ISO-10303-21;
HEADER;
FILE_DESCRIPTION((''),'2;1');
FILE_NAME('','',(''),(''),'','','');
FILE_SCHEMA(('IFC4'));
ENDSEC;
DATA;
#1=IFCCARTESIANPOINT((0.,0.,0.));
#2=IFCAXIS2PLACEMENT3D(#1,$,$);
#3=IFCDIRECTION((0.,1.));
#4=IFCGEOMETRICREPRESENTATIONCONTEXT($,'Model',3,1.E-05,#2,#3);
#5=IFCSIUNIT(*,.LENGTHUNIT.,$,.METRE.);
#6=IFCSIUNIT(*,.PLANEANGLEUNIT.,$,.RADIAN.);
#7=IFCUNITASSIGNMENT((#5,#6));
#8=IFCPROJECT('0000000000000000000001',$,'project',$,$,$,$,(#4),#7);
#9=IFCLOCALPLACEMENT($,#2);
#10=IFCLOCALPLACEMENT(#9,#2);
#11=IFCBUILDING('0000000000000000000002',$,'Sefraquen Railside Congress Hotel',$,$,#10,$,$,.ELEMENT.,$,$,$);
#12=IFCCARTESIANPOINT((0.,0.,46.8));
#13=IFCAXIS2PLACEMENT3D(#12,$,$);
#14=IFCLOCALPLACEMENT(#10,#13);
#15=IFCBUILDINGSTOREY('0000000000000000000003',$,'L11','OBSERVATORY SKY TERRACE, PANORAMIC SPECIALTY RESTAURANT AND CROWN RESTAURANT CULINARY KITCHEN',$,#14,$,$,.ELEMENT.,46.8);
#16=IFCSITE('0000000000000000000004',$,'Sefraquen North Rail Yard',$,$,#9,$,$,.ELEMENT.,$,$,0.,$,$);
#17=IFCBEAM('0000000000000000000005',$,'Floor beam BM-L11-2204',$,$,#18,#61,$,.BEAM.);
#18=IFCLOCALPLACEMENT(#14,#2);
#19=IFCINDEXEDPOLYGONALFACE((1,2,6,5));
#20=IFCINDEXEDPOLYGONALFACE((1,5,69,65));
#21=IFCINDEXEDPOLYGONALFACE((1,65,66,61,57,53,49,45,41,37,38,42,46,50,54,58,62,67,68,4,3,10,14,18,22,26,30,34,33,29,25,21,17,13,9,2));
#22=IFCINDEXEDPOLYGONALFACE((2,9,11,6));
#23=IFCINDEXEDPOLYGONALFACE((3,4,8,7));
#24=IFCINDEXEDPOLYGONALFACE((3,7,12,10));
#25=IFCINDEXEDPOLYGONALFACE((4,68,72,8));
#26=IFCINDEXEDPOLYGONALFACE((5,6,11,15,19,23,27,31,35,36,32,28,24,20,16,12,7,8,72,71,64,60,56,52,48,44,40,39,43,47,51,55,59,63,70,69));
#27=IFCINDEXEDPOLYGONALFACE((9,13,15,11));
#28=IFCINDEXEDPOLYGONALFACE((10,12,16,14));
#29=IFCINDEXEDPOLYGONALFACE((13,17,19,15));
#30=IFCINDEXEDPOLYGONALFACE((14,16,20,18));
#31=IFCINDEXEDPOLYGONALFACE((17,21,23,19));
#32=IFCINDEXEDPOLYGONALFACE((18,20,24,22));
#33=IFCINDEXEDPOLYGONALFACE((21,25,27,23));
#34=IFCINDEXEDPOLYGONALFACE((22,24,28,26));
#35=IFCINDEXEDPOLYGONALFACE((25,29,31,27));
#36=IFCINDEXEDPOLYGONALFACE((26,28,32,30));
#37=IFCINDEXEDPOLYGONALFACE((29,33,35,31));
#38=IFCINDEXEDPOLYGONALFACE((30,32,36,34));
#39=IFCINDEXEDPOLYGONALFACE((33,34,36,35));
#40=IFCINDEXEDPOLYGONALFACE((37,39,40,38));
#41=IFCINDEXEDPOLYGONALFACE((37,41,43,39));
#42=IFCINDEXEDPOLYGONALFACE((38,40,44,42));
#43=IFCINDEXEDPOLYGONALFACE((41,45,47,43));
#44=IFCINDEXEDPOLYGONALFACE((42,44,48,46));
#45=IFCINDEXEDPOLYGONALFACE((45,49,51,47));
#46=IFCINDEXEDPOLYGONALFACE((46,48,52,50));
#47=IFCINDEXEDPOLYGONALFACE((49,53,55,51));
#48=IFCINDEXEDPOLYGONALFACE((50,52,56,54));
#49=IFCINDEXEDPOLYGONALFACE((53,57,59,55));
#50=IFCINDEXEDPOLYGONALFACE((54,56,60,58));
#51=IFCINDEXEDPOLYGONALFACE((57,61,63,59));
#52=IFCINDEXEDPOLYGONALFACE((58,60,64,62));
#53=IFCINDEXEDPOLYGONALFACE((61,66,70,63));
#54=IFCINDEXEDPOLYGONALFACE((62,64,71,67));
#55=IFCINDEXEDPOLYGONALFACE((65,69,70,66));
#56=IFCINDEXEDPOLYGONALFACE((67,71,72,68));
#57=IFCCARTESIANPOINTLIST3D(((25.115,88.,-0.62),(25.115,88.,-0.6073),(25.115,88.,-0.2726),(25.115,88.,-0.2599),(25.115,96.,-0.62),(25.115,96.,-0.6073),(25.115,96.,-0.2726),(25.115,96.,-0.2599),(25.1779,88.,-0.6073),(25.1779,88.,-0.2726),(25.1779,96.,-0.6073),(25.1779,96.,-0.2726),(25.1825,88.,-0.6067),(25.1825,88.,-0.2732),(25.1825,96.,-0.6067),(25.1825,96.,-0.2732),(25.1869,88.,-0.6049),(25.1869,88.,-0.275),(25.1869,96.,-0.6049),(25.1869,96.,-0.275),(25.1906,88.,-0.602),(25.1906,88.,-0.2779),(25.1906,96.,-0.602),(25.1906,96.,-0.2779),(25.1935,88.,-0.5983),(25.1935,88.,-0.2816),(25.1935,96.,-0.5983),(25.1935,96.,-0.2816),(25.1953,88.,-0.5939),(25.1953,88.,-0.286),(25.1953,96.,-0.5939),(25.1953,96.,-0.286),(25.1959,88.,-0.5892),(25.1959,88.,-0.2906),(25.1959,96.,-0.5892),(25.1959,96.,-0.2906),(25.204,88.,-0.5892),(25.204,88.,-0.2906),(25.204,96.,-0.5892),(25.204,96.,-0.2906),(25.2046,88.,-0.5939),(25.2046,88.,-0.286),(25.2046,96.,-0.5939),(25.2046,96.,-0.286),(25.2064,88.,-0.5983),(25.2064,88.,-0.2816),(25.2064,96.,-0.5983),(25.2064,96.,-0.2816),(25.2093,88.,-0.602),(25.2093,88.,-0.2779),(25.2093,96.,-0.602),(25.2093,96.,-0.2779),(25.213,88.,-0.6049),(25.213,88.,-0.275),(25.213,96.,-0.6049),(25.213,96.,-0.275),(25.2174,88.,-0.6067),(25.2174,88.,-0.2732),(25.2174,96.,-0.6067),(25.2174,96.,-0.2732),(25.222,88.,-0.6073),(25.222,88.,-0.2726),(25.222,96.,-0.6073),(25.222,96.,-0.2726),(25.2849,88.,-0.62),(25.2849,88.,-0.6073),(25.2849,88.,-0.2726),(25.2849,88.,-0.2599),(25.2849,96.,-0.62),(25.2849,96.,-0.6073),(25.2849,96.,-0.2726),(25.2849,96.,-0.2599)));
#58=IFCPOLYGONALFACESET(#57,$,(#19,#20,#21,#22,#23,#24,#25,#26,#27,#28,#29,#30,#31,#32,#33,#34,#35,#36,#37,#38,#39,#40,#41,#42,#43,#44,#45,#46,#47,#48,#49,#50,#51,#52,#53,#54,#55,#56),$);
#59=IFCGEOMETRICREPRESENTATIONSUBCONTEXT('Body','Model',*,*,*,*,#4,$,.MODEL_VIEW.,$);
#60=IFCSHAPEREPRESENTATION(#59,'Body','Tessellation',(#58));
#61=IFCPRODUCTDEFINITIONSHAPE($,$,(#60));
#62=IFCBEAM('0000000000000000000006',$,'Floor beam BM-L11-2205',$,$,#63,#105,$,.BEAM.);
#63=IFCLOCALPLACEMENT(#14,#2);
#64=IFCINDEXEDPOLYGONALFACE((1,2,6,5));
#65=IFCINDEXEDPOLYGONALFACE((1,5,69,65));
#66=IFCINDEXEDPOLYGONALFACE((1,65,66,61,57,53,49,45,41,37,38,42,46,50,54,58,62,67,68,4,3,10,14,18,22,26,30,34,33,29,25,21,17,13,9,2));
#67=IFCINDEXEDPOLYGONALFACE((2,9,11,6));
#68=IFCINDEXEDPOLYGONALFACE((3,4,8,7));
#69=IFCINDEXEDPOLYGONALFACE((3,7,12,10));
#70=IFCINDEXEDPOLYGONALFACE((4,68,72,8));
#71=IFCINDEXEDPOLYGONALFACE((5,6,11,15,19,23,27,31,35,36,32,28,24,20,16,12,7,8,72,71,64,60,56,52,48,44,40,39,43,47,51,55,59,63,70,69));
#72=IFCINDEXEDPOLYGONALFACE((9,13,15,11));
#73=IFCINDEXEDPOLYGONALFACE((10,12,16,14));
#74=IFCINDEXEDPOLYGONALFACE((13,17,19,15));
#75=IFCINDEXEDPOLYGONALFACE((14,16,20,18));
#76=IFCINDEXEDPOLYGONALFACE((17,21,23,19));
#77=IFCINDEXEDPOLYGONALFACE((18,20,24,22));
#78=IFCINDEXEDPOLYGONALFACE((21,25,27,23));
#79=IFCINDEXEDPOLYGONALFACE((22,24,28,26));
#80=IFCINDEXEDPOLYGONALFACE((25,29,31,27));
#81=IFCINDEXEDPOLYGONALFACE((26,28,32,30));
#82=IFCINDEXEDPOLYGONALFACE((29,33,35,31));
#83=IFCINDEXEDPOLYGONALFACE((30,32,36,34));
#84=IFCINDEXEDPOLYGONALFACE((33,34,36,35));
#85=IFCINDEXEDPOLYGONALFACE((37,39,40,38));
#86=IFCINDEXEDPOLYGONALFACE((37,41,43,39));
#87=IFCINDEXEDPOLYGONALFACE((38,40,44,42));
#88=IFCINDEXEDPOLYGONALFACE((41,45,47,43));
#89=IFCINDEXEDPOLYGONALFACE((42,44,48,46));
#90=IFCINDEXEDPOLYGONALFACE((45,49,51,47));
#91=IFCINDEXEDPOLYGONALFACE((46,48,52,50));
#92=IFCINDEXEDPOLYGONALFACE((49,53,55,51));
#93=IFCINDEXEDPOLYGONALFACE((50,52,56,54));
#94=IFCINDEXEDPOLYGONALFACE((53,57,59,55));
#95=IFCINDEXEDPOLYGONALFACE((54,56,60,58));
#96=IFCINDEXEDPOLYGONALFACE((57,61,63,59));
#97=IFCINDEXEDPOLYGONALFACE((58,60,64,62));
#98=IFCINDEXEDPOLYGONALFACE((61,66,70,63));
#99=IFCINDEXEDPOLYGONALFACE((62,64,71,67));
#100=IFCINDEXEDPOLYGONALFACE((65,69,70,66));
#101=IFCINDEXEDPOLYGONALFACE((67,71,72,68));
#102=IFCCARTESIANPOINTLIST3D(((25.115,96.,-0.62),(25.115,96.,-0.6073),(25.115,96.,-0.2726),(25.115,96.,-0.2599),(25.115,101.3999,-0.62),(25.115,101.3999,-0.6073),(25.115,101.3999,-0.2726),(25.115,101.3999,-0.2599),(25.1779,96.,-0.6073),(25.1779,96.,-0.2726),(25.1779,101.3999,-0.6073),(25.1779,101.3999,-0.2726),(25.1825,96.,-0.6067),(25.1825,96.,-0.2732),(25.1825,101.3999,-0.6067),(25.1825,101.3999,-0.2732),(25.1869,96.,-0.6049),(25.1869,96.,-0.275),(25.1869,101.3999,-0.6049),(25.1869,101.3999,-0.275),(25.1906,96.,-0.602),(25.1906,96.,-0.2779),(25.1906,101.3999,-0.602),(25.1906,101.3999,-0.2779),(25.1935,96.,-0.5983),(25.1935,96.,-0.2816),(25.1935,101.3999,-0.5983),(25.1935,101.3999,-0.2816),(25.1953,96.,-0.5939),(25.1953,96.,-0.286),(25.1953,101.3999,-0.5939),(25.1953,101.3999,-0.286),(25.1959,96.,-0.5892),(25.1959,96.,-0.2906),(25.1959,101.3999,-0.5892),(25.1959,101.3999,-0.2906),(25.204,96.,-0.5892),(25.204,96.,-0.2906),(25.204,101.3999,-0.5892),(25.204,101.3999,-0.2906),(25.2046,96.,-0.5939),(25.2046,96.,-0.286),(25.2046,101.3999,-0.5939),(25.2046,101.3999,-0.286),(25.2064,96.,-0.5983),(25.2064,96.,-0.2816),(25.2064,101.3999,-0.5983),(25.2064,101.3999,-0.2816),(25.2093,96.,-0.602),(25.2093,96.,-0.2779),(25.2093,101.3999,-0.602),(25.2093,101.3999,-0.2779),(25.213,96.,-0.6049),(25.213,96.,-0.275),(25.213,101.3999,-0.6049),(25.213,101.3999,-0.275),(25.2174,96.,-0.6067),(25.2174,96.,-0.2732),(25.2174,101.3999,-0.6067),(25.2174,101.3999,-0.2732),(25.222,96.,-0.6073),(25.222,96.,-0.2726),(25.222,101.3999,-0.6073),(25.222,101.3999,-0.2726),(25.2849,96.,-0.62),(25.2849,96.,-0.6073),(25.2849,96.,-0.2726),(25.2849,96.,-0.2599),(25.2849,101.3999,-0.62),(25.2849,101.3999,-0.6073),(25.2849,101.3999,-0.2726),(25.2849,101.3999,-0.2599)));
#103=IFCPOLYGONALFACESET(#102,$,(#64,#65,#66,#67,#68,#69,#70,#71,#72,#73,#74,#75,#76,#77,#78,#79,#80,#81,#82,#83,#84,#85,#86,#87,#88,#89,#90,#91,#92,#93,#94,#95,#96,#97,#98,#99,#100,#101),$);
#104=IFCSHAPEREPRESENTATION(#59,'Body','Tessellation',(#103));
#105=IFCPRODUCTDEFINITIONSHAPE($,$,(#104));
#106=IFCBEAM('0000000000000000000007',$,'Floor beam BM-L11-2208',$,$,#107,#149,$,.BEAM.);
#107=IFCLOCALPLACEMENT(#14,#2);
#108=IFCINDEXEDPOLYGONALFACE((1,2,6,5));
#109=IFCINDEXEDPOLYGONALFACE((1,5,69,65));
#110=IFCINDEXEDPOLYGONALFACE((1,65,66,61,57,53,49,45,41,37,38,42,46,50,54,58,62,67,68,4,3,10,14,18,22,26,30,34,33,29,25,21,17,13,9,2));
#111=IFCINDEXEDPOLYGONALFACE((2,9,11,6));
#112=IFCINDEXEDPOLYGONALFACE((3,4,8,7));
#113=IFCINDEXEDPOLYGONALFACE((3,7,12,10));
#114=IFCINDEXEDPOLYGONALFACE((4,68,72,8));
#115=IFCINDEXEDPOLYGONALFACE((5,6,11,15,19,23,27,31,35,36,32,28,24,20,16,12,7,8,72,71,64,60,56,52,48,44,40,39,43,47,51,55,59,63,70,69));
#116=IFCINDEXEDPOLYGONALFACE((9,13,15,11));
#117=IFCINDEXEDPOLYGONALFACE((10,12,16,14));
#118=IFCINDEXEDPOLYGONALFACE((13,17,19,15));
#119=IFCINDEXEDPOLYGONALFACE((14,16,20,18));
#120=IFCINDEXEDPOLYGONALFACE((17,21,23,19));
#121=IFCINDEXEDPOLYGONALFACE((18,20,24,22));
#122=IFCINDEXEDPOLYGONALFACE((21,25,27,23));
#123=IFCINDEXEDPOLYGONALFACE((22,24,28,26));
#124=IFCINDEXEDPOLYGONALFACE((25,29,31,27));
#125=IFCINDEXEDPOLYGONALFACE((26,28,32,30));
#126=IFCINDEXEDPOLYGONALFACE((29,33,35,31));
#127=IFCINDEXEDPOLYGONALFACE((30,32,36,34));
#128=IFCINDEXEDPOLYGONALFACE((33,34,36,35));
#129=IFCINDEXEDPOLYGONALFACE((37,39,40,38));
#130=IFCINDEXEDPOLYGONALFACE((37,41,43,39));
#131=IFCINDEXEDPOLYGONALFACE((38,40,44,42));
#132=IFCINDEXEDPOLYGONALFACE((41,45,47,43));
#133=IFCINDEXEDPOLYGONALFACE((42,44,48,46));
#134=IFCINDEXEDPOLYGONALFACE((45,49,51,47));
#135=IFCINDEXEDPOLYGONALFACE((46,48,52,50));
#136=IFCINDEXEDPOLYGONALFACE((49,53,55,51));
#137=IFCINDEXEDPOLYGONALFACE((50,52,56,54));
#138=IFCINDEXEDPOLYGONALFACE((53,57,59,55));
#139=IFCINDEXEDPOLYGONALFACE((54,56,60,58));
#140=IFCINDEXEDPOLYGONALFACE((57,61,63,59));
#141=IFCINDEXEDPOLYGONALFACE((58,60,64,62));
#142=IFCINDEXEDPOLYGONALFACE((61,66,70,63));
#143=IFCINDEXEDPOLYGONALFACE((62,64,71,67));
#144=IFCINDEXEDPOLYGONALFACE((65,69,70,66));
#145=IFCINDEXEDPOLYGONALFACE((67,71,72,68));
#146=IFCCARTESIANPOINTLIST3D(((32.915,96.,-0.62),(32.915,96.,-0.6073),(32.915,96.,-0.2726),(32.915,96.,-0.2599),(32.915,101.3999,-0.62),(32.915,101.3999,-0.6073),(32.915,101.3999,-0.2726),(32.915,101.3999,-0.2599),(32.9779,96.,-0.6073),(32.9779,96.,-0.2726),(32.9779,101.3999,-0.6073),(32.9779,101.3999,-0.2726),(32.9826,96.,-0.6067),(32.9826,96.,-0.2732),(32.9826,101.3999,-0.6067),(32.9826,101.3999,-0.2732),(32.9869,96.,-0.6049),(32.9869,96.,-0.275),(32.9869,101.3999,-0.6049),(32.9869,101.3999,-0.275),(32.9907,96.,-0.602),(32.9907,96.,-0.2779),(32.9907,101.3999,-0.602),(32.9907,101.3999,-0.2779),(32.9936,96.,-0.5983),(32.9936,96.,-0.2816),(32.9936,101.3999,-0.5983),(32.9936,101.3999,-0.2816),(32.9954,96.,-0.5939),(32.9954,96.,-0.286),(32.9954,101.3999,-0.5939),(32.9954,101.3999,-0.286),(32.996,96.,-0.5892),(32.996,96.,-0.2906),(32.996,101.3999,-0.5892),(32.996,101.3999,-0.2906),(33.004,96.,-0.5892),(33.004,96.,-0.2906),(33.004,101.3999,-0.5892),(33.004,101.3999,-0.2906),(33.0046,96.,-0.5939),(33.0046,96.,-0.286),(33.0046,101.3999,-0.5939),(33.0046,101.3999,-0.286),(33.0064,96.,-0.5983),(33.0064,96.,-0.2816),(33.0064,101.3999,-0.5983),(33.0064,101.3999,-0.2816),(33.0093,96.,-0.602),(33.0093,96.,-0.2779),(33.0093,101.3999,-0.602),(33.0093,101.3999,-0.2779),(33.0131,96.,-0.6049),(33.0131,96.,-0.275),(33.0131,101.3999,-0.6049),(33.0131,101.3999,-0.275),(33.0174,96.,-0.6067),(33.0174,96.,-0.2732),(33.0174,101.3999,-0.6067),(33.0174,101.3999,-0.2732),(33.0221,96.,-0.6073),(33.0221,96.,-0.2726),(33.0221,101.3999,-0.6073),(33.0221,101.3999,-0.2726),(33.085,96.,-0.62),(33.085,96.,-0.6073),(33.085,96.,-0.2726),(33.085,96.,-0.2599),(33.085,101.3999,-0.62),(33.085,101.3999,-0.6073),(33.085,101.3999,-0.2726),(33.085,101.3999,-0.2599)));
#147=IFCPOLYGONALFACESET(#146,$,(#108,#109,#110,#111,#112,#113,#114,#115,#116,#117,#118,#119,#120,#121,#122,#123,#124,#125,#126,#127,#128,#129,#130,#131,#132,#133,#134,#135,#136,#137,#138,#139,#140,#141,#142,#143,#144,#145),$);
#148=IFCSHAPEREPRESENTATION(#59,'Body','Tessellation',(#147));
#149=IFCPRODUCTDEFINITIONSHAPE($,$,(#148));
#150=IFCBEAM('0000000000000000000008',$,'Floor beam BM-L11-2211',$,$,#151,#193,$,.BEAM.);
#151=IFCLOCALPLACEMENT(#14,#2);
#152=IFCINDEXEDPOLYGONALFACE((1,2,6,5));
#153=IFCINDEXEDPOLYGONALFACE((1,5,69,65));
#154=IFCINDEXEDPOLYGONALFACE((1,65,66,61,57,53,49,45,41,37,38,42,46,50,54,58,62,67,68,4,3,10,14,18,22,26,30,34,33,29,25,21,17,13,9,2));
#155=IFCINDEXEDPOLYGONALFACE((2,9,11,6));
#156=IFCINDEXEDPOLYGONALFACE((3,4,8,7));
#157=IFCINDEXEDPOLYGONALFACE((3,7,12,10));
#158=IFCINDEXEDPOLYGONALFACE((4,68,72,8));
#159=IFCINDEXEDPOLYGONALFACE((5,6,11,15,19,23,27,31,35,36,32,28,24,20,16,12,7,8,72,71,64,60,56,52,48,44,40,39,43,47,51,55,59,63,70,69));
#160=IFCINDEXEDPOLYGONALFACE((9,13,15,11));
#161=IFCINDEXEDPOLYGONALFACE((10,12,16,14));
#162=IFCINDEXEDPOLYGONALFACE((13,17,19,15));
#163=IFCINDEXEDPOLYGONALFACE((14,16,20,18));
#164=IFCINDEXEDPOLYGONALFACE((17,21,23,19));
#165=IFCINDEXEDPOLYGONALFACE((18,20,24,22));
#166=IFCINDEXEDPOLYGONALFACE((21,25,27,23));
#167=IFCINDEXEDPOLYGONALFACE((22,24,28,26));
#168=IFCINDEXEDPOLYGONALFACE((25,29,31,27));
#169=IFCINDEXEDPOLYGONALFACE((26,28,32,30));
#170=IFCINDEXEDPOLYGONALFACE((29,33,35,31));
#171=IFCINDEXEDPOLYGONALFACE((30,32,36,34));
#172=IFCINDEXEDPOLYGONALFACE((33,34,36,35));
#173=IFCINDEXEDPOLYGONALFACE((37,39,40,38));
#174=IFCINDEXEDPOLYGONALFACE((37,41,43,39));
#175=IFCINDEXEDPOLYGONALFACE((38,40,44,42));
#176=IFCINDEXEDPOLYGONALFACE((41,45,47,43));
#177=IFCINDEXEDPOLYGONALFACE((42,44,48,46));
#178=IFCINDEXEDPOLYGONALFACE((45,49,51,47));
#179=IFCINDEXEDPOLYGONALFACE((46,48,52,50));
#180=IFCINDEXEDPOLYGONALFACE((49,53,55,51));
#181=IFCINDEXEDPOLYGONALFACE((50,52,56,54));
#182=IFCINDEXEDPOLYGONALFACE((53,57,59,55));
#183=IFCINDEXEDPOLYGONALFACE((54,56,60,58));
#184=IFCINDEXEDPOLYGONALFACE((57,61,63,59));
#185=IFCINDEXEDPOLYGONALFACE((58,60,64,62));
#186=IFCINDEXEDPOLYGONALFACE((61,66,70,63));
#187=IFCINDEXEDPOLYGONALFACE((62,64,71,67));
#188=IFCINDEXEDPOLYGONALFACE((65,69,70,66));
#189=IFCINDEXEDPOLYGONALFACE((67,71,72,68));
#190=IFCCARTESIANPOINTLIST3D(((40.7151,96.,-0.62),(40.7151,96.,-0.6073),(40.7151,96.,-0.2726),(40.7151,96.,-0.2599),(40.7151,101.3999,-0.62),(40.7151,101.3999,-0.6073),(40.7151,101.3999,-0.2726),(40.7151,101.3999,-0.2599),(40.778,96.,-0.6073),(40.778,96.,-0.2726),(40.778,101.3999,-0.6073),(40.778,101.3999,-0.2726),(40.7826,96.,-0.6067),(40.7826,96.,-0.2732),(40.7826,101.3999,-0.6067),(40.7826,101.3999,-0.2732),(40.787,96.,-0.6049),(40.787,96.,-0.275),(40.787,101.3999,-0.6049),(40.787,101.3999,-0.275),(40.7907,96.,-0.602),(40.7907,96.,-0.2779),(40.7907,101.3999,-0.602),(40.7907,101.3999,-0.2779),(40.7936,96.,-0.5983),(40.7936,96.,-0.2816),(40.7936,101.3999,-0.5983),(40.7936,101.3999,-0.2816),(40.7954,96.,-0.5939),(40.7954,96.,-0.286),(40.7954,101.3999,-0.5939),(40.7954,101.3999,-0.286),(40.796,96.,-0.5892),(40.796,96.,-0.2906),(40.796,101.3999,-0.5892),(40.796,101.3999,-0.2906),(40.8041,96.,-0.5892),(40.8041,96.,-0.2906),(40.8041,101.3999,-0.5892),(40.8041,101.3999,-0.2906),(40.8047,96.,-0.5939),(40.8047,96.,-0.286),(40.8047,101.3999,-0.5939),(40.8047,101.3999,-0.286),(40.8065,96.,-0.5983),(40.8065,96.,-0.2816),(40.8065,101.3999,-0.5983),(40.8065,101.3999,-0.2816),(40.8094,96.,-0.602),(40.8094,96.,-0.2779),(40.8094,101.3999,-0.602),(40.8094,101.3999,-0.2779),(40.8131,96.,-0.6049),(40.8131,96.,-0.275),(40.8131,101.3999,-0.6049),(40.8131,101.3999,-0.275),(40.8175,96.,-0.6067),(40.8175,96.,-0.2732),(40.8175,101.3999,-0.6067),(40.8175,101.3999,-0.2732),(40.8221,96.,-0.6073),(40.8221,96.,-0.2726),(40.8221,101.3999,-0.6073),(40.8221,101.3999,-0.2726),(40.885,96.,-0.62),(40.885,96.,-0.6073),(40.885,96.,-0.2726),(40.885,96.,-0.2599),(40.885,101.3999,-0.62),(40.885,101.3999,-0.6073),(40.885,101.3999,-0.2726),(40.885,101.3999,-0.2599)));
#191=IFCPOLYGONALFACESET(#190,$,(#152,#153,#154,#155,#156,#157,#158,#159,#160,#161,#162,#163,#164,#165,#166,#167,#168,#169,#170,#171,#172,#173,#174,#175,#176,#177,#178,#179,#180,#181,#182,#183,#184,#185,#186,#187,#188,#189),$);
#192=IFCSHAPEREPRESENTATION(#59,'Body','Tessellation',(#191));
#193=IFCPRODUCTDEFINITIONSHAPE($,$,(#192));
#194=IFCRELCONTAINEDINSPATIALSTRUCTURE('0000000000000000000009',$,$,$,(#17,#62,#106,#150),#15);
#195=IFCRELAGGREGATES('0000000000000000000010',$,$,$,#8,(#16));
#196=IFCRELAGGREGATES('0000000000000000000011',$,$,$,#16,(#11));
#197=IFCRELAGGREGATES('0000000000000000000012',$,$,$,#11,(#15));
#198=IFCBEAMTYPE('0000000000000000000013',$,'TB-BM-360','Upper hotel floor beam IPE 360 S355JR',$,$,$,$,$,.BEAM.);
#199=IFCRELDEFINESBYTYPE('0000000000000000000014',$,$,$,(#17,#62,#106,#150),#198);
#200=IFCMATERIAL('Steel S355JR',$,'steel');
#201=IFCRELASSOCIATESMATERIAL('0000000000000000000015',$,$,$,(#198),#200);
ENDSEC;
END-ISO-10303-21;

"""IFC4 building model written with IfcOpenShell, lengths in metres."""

from ifc_helpers import new_model, si_unit, direction, frame, origin, origin_2d, place, context, subcontext, project, spatial, i_section, extrude, material, material_profile, profile_set, type_object, element, save


model = new_model("IFC4")

# Units and contexts
model_context = context("Model", 3, precision=1e-05, world=origin(), true_north=direction((0.0, 1.0)))
body_context = subcontext(model_context, "Body", "Model", "MODEL_VIEW")
ifc_project = project(units=[si_unit("LENGTHUNIT", "METRE"), si_unit("PLANEANGLEUNIT", "RADIAN")], contexts=[model_context])

# Site, building, storey
site_placement = place(None, origin())
site = spatial("IfcSite", under=ifc_project, at=site_placement, Name="Sefraquen North Rail Yard", CompositionType="ELEMENT", RefElevation=0.0)
building_placement = place(site_placement, origin())
building = spatial("IfcBuilding", under=site, at=building_placement, Name="Sefraquen Railside Congress Hotel", CompositionType="ELEMENT")
storey_placement = place(building_placement, frame((0.0, 0.0, 46.8)))
storey = spatial("IfcBuildingStorey", under=building, at=storey_placement, Name="L11", Description="OBSERVATORY SKY TERRACE, PANORAMIC SPECIALTY RESTAURANT AND CROWN RESTAURANT CULINARY KITCHEN", CompositionType="ELEMENT", Elevation=46.8)

# Shared definitions
ifc_material = material(Name="Steel S355JR", Category="steel")

# Beams
ifc_material_profile_1 = material_profile(ifc_material, i_section(OverallWidth=0.1699, OverallDepth=0.3601, WebThickness=0.0081, FlangeThickness=0.0127, FilletRadius=0.0181, at=origin_2d()), Name="IPE 360")
ifc_profile_set_1 = profile_set([ifc_material_profile_1], Name="Steel S355JR")
beam_type_1 = type_object("IfcBeamType", Name="TB-BM-360", Description="Upper hotel floor beam IPE 360 S355JR", PredefinedType="BEAM", material=ifc_profile_set_1)
beam_1_placement = place(storey_placement, frame((25.2, 88.0, -0.4399), z_axis=(0.0, 1.0, 0.0), x_axis=(-1.0, 0.0, 0.0)))
element("IfcBeam", 1, at=beam_1_placement, inside=storey, type_object=beam_type_1, Name="Floor beam BM-L11-2204", PredefinedType="BEAM", context=body_context, shape_type="SweptSolid", body=[
    extrude(i_section(OverallWidth=0.1699, OverallDepth=0.3601, WebThickness=0.0081, FlangeThickness=0.0127, FilletRadius=0.0181, at=origin_2d()), origin(), (0.0, 0.0, 1.0), 8.0),
])
for number, where, z_axis, x_axis, name in (
    (2, (25.2, 96.0, -0.4399), (0.0, 1.0, 0.0), (-1.0, 0.0, 0.0), "Floor beam BM-L11-2205"),
    (3, (33.0, 96.0, -0.4399), (0.0, 1.0, 0.0), (-1.0, 0.0, 0.0), "Floor beam BM-L11-2208"),
    (4, (40.8, 96.0, -0.4399), (0.0, 1.0, 0.0), (-1.0, 0.0, 0.0), "Floor beam BM-L11-2211"),
):
    element("IfcBeam", number, at=place(storey_placement, frame(where, z_axis=z_axis, x_axis=x_axis)), inside=storey, type_object=beam_type_1, Name=name, PredefinedType="BEAM", context=body_context, shape_type="SweptSolid", body=[
        extrude(i_section(OverallWidth=0.1699, OverallDepth=0.3601, WebThickness=0.0081, FlangeThickness=0.0127, FilletRadius=0.0181, at=origin_2d()), origin(), (0.0, 0.0, 1.0), 5.3999),
    ])

save(model, "model.ifc")
